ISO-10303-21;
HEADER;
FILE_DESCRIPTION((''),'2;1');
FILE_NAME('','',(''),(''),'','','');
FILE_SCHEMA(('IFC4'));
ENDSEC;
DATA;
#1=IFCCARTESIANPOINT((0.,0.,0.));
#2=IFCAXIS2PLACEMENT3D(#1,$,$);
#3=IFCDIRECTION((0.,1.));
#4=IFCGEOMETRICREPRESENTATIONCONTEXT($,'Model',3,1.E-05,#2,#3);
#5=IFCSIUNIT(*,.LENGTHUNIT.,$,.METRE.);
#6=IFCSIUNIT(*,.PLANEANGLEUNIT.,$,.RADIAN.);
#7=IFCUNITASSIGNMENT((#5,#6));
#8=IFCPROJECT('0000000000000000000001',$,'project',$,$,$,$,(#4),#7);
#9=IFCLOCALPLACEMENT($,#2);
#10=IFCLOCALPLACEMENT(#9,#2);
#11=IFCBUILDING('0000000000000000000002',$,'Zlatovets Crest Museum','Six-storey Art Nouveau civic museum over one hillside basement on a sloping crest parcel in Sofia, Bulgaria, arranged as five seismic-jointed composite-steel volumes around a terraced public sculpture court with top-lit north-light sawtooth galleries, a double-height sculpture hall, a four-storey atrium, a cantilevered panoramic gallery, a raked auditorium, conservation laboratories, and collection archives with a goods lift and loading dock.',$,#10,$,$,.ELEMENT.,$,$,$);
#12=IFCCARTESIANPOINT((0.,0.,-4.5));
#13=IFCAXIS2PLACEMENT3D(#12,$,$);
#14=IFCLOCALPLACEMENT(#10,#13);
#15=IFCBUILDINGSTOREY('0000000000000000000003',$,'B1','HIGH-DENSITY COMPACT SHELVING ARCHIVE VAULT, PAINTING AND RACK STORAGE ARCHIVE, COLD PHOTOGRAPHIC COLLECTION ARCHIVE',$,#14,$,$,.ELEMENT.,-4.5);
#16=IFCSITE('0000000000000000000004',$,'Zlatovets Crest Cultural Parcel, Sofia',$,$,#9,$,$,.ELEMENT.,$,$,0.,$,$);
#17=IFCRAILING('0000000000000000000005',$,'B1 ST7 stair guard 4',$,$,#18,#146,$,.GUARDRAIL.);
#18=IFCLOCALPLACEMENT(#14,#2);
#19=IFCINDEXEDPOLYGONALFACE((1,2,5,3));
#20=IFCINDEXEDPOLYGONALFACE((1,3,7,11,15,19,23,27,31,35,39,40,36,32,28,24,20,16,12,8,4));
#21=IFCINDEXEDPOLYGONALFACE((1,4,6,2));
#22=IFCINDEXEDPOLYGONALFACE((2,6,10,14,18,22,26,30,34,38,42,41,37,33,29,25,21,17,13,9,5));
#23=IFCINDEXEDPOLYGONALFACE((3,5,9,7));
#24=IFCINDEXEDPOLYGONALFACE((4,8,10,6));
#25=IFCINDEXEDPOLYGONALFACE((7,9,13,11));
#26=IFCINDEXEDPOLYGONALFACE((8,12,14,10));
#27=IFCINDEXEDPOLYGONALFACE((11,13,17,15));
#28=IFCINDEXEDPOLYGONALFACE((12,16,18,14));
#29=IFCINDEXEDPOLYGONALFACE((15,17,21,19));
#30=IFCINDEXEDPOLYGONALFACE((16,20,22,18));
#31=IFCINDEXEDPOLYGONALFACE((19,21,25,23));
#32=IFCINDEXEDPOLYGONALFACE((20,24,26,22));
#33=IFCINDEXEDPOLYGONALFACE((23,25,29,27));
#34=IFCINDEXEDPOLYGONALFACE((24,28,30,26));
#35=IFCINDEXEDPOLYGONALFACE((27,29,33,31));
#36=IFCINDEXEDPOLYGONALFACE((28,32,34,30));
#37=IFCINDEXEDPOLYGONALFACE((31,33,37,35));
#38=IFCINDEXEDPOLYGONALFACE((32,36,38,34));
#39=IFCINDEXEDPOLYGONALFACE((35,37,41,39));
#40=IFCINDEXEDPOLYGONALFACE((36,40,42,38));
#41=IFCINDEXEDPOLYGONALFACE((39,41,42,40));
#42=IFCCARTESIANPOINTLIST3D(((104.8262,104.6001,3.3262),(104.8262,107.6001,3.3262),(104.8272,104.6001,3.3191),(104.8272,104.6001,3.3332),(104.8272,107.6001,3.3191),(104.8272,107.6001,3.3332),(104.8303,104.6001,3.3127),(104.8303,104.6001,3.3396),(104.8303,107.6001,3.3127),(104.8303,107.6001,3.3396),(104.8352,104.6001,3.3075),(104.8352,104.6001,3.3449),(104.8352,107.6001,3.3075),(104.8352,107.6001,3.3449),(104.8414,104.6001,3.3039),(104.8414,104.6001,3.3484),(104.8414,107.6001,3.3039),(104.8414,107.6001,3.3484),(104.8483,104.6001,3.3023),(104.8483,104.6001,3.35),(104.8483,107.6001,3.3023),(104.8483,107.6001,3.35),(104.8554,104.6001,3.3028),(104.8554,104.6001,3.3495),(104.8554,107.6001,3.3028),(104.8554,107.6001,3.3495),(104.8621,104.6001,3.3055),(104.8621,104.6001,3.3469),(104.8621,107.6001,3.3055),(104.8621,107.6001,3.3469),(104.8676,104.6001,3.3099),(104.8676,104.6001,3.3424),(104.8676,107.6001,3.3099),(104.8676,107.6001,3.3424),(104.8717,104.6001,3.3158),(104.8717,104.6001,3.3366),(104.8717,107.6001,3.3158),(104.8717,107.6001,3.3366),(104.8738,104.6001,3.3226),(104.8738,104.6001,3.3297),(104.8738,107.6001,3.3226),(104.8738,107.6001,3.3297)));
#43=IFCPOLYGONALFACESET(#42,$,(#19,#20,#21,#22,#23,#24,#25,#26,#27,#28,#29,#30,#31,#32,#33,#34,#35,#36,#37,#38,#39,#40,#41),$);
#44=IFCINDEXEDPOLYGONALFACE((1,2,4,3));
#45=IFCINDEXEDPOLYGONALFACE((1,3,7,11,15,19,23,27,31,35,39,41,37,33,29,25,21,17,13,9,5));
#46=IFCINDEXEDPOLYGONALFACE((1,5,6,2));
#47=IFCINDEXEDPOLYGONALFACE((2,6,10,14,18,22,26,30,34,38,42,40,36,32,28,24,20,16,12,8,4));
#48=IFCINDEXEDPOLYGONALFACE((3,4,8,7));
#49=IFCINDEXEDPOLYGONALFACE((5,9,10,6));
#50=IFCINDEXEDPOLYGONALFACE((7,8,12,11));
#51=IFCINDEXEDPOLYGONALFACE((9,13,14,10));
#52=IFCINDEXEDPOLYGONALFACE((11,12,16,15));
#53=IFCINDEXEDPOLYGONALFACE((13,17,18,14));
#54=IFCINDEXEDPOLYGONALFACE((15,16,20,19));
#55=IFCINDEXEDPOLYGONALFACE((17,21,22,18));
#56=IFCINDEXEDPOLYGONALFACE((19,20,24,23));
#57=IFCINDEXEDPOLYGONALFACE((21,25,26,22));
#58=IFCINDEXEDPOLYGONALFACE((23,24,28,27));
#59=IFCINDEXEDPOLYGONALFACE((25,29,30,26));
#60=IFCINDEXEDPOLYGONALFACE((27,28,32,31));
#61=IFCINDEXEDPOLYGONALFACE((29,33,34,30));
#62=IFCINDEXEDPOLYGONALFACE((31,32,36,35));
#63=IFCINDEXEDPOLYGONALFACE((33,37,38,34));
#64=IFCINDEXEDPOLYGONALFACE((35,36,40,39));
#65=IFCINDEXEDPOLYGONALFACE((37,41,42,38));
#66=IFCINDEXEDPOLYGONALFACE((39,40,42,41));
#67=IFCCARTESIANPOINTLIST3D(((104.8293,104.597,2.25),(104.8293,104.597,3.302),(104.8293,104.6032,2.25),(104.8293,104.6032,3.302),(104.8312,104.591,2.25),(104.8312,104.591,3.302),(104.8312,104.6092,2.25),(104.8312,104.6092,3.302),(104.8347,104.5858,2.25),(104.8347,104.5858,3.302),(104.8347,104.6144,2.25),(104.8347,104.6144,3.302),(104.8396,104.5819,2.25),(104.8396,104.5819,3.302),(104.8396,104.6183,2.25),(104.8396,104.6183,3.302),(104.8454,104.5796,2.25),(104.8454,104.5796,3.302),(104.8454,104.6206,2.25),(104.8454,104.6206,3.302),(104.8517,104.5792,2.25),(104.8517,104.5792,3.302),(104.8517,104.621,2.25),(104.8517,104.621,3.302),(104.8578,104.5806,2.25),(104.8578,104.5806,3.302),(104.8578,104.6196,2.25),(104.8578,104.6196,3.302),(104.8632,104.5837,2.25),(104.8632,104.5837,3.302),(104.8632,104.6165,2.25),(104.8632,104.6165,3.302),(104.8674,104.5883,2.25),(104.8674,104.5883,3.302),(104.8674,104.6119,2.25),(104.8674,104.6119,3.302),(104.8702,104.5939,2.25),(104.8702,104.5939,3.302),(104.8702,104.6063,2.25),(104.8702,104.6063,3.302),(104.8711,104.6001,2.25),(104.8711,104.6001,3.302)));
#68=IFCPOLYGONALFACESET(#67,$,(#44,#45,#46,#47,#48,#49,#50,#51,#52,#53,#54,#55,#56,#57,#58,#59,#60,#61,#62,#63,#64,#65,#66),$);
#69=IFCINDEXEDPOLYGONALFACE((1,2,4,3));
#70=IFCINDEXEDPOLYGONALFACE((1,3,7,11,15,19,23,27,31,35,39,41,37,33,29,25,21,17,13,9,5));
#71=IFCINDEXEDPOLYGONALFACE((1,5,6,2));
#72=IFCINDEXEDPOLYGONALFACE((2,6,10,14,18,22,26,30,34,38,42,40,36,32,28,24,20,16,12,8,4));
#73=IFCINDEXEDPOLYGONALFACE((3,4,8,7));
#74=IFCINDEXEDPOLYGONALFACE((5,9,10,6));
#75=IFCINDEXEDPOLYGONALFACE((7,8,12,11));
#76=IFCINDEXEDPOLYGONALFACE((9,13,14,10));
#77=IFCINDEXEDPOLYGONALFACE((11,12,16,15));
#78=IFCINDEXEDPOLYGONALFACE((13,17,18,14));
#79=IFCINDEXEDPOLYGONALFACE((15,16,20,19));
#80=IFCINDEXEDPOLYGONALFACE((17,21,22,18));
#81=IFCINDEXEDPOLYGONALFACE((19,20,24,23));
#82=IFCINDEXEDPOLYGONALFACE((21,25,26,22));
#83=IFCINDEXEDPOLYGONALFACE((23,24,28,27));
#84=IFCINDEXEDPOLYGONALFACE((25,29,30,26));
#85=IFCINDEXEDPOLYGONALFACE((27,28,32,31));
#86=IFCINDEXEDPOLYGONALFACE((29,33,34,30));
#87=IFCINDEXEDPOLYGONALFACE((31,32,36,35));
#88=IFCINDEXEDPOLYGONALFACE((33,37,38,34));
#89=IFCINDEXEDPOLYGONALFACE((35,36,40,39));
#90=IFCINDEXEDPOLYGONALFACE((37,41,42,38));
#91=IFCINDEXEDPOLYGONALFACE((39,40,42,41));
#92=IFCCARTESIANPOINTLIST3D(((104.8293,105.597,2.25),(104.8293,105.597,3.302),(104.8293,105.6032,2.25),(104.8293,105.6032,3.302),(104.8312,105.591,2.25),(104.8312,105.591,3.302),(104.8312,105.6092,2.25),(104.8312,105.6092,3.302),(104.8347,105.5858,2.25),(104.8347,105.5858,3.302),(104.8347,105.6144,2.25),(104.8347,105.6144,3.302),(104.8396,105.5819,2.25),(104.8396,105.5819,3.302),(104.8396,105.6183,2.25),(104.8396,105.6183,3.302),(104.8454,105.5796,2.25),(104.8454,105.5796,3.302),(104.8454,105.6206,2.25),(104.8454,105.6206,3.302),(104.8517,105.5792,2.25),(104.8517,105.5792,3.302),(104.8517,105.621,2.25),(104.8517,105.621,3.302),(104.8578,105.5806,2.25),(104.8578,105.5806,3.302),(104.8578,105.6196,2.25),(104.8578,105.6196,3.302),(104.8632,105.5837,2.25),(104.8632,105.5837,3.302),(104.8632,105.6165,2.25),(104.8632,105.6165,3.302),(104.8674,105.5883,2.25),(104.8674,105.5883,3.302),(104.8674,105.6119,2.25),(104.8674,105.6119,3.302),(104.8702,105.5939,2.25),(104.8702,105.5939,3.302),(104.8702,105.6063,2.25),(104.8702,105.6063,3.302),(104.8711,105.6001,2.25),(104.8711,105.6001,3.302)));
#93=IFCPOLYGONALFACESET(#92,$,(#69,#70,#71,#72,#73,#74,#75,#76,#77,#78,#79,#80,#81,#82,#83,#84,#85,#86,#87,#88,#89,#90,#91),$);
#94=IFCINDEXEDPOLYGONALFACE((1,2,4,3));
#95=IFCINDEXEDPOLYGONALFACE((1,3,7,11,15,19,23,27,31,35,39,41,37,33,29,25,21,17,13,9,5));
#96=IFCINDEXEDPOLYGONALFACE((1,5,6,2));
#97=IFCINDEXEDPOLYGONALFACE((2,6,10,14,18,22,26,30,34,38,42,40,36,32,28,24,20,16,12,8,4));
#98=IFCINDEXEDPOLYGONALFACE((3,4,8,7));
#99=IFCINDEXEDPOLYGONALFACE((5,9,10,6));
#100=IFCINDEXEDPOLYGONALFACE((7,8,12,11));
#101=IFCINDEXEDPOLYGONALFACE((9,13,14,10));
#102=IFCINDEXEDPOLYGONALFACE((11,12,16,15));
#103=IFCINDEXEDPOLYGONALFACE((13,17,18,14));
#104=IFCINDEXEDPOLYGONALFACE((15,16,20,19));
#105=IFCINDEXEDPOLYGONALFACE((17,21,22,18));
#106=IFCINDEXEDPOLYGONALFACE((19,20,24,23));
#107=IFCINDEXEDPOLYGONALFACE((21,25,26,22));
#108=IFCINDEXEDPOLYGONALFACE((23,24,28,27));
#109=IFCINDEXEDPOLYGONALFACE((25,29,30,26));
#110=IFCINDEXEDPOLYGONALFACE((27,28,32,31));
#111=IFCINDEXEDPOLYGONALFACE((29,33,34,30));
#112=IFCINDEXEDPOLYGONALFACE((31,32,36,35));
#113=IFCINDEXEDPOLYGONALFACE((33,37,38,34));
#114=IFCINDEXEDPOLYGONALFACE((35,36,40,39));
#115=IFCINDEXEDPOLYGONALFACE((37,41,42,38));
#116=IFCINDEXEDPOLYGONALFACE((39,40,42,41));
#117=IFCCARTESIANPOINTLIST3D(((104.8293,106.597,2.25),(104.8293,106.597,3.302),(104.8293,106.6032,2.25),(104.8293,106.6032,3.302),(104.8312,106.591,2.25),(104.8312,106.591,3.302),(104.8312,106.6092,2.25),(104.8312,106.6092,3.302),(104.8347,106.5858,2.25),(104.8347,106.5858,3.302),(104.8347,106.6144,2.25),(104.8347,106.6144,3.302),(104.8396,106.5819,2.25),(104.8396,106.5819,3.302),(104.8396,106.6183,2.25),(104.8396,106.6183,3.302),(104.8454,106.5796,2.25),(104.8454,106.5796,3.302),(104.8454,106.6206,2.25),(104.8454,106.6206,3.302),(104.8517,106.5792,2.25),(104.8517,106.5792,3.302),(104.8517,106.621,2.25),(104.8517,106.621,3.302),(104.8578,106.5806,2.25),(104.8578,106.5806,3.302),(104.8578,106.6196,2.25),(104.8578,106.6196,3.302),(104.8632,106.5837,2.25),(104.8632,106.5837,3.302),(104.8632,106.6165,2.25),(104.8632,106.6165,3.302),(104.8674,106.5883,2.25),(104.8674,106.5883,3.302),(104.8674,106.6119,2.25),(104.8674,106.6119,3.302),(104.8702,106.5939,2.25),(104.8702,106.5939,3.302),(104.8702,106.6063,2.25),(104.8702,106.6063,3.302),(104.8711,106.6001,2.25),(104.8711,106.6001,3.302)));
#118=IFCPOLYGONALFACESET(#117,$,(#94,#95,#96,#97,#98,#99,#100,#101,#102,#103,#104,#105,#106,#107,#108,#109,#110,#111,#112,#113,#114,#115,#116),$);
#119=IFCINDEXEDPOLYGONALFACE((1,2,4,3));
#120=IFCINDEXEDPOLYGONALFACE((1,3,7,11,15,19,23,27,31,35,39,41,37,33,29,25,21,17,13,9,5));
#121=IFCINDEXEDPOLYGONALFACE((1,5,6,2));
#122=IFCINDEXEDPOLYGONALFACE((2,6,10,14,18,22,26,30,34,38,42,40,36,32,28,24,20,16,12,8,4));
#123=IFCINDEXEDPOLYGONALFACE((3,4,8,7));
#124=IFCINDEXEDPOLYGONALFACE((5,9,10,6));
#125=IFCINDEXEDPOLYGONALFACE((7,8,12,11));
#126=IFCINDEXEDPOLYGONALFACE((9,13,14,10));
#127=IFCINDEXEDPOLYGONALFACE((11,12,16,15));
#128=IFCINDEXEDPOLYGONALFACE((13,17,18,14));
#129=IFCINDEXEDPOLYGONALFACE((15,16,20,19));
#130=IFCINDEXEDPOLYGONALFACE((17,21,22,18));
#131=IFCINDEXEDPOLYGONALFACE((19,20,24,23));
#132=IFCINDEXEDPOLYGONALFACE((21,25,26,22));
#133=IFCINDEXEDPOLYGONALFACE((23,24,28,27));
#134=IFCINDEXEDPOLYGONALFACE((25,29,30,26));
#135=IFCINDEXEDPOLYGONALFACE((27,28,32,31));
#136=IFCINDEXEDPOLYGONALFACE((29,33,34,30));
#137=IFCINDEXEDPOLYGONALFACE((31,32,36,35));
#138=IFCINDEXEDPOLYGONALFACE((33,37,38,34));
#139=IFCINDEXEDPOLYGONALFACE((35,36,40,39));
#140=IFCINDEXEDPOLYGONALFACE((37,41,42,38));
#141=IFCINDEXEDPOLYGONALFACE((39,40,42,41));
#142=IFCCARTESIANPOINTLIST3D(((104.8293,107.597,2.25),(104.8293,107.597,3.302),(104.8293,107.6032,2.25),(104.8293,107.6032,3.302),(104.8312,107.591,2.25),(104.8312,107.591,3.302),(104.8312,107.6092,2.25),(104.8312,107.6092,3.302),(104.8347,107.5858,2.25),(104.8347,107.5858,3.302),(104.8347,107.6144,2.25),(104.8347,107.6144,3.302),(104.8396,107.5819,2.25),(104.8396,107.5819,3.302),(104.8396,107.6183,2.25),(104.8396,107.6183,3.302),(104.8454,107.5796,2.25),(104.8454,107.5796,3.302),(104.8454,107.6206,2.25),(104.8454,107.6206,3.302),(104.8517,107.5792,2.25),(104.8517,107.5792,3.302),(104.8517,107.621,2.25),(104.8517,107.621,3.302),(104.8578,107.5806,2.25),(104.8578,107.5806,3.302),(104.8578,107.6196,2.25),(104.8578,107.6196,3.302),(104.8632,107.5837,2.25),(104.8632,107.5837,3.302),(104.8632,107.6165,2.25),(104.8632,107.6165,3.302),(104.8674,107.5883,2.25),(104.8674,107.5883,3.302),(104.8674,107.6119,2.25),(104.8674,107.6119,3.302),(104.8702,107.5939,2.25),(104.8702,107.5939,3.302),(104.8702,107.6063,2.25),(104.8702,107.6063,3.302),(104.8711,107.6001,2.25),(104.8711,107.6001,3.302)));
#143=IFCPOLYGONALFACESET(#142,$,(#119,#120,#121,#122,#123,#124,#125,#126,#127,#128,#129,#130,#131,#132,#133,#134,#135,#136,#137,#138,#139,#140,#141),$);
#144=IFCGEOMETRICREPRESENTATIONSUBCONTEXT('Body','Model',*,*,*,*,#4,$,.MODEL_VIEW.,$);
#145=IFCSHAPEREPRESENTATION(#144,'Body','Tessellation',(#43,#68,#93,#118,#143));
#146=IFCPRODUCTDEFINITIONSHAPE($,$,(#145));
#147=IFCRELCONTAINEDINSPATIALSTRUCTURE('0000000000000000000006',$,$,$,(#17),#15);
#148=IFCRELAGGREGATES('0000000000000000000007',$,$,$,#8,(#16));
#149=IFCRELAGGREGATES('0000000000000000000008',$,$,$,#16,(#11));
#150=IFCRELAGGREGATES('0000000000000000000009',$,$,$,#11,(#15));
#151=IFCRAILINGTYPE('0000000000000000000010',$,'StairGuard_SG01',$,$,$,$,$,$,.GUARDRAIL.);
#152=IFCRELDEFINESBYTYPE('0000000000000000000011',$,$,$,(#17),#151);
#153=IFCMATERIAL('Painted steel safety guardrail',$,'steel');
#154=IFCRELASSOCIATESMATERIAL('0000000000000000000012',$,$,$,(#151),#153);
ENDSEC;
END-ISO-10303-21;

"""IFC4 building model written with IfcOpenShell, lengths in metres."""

from ifc_helpers import new_model, si_unit, direction, frame, origin, origin_2d, place, context, subcontext, project, spatial, circle, extrude, material, type_object, element, save


model = new_model("IFC4")

# Units and contexts
model_context = context("Model", 3, precision=1e-05, world=origin(), true_north=direction((0.0, 1.0)))
body_context = subcontext(model_context, "Body", "Model", "MODEL_VIEW")
ifc_project = project(units=[si_unit("LENGTHUNIT", "METRE"), si_unit("PLANEANGLEUNIT", "RADIAN")], contexts=[model_context])

# Site, building, storey
site_placement = place(None, origin())
site = spatial("IfcSite", under=ifc_project, at=site_placement, Name="Zlatovets Crest Cultural Parcel, Sofia", CompositionType="ELEMENT", RefElevation=0.0)
building_placement = place(site_placement, origin())
building = spatial("IfcBuilding", under=site, at=building_placement, Name="Zlatovets Crest Museum", Description="Six-storey Art Nouveau civic museum over one hillside basement on a sloping crest parcel in Sofia, Bulgaria, arranged as five seismic-jointed composite-steel volumes around a terraced public sculpture court with top-lit north-light sawtooth galleries, a double-height sculpture hall, a four-storey atrium, a cantilevered panoramic gallery, a raked auditorium, conservation laboratories, and collection archives with a goods lift and loading dock.", CompositionType="ELEMENT")
storey_placement = place(building_placement, frame((0.0, 0.0, -4.5)))
storey = spatial("IfcBuildingStorey", under=building, at=storey_placement, Name="B1", Description="HIGH-DENSITY COMPACT SHELVING ARCHIVE VAULT, PAINTING AND RACK STORAGE ARCHIVE, COLD PHOTOGRAPHIC COLLECTION ARCHIVE", CompositionType="ELEMENT", Elevation=-4.5)

# Railing
ifc_material_1 = material(Name="Painted steel safety guardrail", Category="steel")
railing_type_1 = type_object("IfcRailingType", Name="StairGuard_SG01", PredefinedType="GUARDRAIL", material=ifc_material_1)
railing_1_placement = place(storey_placement, frame((104.8501, 104.6001, 2.25)))
element("IfcRailing", 1, at=railing_1_placement, inside=storey, type_object=railing_type_1, Name="B1 ST7 stair guard 4", PredefinedType="GUARDRAIL", context=body_context, shape_type="SweptSolid", body=[
    extrude(circle(Radius=0.0239, at=origin_2d()), frame((0.0, 0.0, 1.0762), z_axis=(0.0, 1.0, 0.0), x_axis=(-1.0, 0.0, 0.0)), (0.0, 0.0, 1.0), 3.0),
    extrude(circle(Radius=0.021, at=origin_2d()), origin(), (0.0, 0.0, 1.0), 1.052),
    extrude(circle(Radius=0.021, at=origin_2d()), frame((0.0, 1.0, 0.0)), (0.0, 0.0, 1.0), 1.052),
    extrude(circle(Radius=0.021, at=origin_2d()), frame((0.0, 2.0, 0.0)), (0.0, 0.0, 1.0), 1.052),
    extrude(circle(Radius=0.021, at=origin_2d()), frame((0.0, 3.0, 0.0)), (0.0, 0.0, 1.0), 1.052),
])

save(model, "model.ifc")
